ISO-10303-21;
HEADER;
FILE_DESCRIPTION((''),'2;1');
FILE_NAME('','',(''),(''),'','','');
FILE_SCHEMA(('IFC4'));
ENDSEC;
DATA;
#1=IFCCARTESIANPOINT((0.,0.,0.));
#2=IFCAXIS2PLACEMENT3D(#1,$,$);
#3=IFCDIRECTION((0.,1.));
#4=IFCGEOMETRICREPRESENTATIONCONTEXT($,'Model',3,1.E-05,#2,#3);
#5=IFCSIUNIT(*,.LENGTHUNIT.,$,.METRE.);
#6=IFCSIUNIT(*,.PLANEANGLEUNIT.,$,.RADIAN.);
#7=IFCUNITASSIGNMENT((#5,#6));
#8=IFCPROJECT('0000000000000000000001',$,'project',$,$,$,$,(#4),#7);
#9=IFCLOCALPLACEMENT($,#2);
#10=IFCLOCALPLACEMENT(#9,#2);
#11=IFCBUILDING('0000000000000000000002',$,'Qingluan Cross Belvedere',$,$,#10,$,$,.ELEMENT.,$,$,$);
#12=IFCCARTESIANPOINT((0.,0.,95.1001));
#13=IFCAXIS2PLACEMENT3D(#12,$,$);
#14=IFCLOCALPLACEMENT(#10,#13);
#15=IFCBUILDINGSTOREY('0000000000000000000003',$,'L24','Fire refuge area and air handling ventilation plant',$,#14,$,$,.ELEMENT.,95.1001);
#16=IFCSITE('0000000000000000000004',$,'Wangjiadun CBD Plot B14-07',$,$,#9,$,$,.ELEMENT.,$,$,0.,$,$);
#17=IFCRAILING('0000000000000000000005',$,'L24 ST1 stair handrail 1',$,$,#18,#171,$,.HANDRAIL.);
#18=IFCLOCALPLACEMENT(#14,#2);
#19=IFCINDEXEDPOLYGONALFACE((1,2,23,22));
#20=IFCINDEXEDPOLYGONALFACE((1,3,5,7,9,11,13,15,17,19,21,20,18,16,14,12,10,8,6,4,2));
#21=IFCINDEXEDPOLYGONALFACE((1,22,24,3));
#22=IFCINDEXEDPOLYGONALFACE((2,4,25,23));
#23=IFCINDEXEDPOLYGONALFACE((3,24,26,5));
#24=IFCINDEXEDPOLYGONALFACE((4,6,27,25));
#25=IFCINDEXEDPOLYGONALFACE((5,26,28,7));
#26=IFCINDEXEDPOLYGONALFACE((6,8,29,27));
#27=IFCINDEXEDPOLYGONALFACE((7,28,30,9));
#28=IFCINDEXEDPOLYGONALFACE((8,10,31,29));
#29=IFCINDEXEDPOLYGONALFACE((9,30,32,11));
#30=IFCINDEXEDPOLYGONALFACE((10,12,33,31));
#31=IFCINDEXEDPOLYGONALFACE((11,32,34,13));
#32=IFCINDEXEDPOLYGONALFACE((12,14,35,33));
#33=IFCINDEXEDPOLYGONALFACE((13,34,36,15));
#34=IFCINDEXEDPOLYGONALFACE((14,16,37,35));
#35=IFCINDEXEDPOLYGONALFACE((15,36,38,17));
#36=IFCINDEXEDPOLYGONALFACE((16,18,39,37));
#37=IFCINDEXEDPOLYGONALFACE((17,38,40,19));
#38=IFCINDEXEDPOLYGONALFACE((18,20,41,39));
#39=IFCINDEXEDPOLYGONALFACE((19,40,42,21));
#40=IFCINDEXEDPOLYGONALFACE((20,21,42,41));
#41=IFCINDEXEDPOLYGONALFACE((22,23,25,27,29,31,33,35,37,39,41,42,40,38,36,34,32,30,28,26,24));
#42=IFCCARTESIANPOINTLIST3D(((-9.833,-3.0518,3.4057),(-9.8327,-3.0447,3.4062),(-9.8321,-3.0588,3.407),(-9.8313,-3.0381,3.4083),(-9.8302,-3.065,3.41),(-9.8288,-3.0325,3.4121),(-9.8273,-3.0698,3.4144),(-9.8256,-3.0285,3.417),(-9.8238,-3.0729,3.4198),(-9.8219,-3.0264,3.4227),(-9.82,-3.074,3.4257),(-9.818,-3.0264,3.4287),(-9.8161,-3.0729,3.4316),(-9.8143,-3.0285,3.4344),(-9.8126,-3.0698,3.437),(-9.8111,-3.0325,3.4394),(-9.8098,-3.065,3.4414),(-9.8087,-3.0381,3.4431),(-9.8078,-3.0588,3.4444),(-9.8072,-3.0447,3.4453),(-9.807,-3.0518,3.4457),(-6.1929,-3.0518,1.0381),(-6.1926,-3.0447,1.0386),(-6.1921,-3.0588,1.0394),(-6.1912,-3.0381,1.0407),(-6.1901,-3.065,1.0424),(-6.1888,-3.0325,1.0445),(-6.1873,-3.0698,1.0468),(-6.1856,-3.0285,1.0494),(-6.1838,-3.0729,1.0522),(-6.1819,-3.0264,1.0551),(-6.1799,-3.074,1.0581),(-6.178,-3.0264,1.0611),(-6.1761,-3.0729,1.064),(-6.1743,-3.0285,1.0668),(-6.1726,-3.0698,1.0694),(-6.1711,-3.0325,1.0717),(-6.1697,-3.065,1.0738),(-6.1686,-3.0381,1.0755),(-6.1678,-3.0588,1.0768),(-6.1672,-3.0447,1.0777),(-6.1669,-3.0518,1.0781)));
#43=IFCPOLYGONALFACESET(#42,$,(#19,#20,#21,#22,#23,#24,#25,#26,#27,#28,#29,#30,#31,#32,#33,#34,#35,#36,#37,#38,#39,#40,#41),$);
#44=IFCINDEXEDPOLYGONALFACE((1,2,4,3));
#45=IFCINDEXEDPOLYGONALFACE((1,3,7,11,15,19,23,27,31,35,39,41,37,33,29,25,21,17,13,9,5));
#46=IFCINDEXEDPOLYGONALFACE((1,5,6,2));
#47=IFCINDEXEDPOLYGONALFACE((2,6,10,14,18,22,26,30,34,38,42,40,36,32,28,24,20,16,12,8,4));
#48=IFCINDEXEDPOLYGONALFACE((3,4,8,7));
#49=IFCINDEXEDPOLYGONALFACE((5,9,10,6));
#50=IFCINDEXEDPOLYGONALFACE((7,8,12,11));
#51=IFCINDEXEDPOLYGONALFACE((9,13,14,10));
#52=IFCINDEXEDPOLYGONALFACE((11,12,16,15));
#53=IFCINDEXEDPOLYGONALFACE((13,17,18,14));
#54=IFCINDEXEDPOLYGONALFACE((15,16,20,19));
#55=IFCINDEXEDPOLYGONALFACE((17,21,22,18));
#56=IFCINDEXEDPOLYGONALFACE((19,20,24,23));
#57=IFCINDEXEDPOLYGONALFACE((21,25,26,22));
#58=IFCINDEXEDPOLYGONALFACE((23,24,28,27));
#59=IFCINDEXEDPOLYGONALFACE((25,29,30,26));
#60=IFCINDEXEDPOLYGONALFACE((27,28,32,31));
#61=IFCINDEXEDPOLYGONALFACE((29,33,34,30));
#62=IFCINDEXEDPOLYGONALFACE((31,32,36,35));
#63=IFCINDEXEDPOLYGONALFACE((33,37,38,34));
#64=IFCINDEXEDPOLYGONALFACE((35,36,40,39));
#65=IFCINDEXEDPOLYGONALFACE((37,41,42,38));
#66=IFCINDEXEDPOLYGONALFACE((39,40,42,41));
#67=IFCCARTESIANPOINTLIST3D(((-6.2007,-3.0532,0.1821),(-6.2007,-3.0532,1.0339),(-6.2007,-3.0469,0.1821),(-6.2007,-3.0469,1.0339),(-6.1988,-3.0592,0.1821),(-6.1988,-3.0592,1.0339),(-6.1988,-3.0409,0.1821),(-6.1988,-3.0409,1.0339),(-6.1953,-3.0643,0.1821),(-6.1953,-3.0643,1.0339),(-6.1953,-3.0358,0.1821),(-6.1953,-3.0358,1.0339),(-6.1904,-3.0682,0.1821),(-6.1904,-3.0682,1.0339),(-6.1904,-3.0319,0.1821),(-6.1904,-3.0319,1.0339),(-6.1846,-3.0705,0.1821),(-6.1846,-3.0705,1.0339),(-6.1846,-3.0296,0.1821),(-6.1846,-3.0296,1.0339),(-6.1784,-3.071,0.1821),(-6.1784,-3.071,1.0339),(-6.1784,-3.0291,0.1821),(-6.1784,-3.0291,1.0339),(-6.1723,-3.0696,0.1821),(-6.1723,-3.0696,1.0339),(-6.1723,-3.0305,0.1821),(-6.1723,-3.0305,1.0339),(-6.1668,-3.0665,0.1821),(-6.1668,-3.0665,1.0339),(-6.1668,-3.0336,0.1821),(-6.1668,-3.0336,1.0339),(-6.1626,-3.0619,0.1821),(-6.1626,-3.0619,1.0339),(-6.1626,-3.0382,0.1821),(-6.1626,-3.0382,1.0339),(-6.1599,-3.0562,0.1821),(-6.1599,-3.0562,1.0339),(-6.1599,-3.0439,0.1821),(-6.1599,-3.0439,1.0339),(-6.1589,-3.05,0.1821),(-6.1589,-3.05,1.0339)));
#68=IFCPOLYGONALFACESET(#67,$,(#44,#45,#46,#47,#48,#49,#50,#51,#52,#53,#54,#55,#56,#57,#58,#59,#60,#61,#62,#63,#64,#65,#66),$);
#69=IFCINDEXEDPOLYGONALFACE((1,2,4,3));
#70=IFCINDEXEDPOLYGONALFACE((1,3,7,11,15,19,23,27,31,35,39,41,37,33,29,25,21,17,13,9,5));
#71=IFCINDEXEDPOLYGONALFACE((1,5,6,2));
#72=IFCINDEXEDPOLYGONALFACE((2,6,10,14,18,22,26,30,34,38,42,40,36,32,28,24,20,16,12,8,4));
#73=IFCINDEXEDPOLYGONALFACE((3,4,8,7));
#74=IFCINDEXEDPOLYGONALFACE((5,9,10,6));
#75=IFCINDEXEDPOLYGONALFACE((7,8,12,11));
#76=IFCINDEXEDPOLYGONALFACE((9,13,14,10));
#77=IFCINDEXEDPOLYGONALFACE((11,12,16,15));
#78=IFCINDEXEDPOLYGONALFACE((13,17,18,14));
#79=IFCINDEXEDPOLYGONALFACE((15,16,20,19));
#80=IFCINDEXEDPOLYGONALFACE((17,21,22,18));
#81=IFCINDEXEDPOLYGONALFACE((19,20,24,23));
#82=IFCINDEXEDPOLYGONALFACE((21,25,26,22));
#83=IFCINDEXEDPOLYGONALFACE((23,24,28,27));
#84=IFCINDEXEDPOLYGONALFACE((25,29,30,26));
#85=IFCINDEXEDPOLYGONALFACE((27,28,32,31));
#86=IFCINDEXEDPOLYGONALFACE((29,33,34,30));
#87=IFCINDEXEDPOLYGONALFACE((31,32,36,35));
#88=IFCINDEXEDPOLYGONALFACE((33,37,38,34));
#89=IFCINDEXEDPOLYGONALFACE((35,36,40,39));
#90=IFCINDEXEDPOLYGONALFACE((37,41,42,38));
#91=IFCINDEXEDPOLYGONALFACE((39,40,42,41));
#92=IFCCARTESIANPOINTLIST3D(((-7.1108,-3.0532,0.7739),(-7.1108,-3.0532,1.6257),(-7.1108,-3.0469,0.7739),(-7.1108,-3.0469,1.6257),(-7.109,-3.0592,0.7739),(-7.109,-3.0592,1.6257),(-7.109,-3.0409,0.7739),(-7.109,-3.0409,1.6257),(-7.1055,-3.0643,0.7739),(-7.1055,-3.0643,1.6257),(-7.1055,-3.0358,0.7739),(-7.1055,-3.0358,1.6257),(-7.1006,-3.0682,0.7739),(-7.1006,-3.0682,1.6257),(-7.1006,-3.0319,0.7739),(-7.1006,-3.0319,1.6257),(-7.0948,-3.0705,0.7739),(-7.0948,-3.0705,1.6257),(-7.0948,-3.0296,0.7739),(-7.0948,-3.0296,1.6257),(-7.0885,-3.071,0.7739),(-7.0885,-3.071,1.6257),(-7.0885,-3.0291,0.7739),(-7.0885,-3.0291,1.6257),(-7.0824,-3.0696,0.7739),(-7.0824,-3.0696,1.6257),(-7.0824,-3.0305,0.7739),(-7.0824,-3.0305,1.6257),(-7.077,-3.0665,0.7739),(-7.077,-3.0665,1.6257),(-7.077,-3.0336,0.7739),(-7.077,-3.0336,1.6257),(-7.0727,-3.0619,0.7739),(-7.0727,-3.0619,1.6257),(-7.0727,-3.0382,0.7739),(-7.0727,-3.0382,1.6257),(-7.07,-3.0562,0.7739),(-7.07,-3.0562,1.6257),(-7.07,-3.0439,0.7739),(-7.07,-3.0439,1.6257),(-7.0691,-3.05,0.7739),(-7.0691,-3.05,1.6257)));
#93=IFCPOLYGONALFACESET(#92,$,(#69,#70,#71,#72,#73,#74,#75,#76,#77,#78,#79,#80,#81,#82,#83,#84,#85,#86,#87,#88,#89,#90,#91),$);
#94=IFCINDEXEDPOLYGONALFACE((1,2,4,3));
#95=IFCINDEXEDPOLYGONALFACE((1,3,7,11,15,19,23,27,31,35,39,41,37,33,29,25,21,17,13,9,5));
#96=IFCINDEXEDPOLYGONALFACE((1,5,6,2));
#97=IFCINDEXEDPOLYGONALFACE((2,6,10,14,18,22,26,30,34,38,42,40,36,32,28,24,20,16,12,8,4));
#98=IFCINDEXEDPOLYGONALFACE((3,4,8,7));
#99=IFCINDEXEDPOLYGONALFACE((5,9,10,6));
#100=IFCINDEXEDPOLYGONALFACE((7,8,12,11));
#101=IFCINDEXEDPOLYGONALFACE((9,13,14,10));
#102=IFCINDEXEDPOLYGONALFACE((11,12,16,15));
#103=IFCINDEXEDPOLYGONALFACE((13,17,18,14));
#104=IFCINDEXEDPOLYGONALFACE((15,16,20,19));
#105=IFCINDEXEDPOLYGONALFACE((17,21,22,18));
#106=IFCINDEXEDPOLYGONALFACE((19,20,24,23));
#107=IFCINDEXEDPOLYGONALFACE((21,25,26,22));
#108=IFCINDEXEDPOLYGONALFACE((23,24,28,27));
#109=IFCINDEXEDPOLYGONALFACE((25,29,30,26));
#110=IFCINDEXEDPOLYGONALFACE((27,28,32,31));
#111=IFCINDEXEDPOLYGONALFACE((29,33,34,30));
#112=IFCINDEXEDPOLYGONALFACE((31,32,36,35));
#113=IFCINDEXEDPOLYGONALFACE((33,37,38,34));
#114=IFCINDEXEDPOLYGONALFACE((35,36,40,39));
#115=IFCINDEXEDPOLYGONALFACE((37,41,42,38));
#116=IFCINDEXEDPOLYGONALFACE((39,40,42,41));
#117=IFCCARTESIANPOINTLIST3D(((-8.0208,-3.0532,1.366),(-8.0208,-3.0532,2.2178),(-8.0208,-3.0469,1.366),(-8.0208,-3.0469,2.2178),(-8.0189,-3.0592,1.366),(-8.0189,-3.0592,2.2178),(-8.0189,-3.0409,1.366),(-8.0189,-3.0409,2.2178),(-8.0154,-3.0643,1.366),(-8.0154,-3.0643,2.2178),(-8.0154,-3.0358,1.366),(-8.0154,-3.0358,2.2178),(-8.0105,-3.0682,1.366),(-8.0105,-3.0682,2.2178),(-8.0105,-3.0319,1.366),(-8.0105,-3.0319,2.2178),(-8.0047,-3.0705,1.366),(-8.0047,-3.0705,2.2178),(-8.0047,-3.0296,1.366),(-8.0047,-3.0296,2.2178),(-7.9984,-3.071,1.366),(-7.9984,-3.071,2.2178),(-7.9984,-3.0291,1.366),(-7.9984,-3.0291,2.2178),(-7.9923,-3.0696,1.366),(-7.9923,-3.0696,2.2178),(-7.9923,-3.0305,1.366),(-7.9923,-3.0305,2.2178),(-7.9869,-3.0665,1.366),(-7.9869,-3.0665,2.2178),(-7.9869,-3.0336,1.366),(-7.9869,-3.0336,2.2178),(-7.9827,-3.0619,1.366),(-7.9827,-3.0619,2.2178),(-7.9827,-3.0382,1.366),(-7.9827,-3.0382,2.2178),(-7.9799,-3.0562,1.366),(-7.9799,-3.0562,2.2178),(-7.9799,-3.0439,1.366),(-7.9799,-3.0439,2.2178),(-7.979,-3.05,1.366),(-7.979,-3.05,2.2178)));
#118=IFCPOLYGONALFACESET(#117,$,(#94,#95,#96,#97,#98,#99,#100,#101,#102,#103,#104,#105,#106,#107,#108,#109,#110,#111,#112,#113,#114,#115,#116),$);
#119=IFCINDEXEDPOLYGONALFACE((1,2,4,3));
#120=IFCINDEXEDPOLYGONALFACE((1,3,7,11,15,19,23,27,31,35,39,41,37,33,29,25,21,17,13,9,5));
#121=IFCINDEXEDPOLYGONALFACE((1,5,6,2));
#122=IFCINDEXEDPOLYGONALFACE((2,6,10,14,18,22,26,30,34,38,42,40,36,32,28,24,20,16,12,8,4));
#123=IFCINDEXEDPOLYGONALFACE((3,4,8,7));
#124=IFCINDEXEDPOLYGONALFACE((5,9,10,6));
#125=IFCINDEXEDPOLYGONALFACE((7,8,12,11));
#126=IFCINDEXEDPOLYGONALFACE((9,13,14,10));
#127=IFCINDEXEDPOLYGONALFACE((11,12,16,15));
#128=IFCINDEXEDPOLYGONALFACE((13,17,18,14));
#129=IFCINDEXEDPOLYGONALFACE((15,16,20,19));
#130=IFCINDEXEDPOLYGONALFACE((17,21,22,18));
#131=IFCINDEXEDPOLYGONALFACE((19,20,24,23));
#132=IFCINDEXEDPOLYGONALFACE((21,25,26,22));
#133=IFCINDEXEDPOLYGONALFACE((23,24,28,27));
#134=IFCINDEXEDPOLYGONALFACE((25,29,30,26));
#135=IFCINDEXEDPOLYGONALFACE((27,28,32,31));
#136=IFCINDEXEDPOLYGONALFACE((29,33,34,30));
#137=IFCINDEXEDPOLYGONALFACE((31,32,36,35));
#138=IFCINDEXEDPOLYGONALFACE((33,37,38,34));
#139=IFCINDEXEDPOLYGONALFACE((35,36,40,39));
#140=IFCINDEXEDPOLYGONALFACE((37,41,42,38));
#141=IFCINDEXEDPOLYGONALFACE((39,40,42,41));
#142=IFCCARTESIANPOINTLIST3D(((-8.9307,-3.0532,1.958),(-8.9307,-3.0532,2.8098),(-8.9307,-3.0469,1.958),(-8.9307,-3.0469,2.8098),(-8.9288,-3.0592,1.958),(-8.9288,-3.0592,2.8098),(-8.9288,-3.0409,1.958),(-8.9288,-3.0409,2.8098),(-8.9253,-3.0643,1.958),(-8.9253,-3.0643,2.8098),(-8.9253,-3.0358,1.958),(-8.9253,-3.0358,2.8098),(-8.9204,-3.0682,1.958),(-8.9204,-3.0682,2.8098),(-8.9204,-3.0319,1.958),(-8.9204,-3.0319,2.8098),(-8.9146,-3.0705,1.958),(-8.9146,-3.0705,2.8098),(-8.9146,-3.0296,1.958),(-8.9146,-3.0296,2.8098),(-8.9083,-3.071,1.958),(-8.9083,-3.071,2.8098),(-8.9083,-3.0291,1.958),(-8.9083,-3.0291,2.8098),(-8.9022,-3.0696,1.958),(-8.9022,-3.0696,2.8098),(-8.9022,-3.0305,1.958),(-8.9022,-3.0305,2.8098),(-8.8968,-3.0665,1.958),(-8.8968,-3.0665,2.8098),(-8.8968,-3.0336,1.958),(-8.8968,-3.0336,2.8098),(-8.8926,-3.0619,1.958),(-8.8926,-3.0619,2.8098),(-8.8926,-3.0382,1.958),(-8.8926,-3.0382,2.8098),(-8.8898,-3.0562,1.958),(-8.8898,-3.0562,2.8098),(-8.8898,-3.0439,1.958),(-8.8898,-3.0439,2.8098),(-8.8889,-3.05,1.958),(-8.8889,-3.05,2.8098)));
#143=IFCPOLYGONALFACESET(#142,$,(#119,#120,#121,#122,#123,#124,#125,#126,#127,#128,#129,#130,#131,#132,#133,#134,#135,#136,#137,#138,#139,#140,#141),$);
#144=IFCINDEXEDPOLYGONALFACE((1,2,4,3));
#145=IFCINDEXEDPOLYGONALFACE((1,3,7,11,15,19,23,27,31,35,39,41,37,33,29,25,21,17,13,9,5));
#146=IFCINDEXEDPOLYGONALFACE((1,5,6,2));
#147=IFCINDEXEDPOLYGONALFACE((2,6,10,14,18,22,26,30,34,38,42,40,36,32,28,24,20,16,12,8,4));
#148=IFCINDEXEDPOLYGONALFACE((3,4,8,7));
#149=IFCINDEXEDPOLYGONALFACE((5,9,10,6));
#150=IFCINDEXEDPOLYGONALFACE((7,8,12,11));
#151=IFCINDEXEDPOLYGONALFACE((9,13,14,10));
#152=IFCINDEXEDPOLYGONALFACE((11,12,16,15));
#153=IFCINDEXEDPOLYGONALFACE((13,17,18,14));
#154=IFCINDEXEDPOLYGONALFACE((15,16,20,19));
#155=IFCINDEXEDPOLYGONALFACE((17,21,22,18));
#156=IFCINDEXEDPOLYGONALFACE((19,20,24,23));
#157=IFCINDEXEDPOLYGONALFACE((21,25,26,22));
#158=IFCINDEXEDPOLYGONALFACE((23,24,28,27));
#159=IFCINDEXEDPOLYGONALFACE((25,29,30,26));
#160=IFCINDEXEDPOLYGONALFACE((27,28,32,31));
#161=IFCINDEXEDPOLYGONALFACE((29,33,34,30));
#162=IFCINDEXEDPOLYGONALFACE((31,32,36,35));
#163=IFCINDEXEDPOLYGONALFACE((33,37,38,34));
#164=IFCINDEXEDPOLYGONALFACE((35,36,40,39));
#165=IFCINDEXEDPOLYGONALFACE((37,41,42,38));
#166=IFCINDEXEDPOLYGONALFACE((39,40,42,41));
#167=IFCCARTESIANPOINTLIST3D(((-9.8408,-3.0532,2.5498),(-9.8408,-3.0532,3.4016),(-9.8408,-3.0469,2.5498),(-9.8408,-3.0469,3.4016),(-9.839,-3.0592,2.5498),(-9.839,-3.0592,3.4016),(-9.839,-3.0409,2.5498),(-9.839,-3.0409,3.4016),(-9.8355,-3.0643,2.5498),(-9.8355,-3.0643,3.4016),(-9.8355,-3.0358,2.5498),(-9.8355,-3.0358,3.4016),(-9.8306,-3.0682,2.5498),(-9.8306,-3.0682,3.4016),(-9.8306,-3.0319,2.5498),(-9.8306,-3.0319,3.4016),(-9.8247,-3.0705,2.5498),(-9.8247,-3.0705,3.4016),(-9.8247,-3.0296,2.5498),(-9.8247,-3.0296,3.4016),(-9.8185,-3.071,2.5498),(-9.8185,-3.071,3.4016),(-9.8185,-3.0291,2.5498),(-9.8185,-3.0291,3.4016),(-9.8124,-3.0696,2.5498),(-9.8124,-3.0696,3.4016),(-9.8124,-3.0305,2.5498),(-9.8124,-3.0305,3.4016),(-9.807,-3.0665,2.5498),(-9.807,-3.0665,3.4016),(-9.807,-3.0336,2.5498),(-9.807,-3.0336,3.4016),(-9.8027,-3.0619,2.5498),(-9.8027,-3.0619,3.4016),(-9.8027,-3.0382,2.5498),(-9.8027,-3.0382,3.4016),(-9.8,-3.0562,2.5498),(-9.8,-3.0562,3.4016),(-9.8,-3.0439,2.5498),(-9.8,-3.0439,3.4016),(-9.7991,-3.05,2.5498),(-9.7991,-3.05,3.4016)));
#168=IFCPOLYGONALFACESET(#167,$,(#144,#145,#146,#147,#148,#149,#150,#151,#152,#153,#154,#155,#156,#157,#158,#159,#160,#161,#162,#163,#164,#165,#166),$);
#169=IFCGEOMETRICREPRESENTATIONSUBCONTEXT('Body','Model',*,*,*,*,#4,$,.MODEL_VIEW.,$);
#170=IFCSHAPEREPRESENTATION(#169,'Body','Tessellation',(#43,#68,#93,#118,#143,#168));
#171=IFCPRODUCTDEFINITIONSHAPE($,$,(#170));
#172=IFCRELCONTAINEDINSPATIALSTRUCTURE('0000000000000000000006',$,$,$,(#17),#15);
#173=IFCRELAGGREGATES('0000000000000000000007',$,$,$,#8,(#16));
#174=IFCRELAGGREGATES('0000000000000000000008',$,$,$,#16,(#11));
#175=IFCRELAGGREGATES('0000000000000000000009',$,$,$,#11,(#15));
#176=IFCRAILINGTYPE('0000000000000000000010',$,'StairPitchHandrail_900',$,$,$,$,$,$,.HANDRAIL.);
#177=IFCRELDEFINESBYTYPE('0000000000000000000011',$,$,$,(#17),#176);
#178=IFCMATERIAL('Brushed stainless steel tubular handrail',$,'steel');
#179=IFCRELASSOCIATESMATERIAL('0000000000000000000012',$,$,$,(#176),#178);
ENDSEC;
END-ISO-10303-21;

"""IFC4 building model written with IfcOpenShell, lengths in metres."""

from ifc_helpers import new_model, si_unit, direction, frame, origin, origin_2d, place, context, subcontext, project, spatial, circle, extrude, material, type_object, element, save


model = new_model("IFC4")

# Units and contexts
model_context = context("Model", 3, precision=1e-05, world=origin(), true_north=direction((0.0, 1.0)))
body_context = subcontext(model_context, "Body", "Model", "MODEL_VIEW")
ifc_project = project(units=[si_unit("LENGTHUNIT", "METRE"), si_unit("PLANEANGLEUNIT", "RADIAN")], contexts=[model_context])

# Site, building, storey
site_placement = place(None, origin())
site = spatial("IfcSite", under=ifc_project, at=site_placement, Name="Wangjiadun CBD Plot B14-07", CompositionType="ELEMENT", RefElevation=0.0)
building_placement = place(site_placement, origin())
building = spatial("IfcBuilding", under=site, at=building_placement, Name="Qingluan Cross Belvedere", CompositionType="ELEMENT")
storey_placement = place(building_placement, frame((0.0, 0.0, 95.1001)))
storey = spatial("IfcBuildingStorey", under=building, at=storey_placement, Name="L24", Description="Fire refuge area and air handling ventilation plant", CompositionType="ELEMENT", Elevation=95.1001)

# Railing
ifc_material_1 = material(Name="Brushed stainless steel tubular handrail", Category="steel")
railing_type_1 = type_object("IfcRailingType", Name="StairPitchHandrail_900", PredefinedType="HANDRAIL", material=ifc_material_1)
railing_1_placement = place(storey_placement, frame((-6.1799, -3.05, 0.1821)))
element("IfcRailing", 1, at=railing_1_placement, inside=storey, type_object=railing_type_1, Name="L24 ST1 stair handrail 1", PredefinedType="HANDRAIL", context=body_context, shape_type="SweptSolid", body=[
    extrude(circle(Radius=0.0239, at=origin_2d()), frame((0.0, 0.0, 0.876), z_axis=(-0.838277, 0.0, 0.545245), x_axis=(0.0, -1.0, 0.0)), (0.0, 0.0, 1.0), 4.3423),
    extrude(circle(Radius=0.021, at=origin_2d()), origin(), (0.0, 0.0, 1.0), 0.8518),
    extrude(circle(Radius=0.021, at=origin_2d()), frame((-0.9102, 0.0, 0.5918)), (0.0, 0.0, 1.0), 0.8518),
    extrude(circle(Radius=0.021, at=origin_2d()), frame((-1.8201, 0.0, 1.1838)), (0.0, 0.0, 1.0), 0.8518),
    extrude(circle(Radius=0.021, at=origin_2d()), frame((-2.73, 0.0, 1.7759)), (0.0, 0.0, 1.0), 0.8518),
    extrude(circle(Radius=0.021, at=origin_2d()), frame((-3.6401, 0.0, 2.3677)), (0.0, 0.0, 1.0), 0.8518),
])

save(model, "model.ifc")
